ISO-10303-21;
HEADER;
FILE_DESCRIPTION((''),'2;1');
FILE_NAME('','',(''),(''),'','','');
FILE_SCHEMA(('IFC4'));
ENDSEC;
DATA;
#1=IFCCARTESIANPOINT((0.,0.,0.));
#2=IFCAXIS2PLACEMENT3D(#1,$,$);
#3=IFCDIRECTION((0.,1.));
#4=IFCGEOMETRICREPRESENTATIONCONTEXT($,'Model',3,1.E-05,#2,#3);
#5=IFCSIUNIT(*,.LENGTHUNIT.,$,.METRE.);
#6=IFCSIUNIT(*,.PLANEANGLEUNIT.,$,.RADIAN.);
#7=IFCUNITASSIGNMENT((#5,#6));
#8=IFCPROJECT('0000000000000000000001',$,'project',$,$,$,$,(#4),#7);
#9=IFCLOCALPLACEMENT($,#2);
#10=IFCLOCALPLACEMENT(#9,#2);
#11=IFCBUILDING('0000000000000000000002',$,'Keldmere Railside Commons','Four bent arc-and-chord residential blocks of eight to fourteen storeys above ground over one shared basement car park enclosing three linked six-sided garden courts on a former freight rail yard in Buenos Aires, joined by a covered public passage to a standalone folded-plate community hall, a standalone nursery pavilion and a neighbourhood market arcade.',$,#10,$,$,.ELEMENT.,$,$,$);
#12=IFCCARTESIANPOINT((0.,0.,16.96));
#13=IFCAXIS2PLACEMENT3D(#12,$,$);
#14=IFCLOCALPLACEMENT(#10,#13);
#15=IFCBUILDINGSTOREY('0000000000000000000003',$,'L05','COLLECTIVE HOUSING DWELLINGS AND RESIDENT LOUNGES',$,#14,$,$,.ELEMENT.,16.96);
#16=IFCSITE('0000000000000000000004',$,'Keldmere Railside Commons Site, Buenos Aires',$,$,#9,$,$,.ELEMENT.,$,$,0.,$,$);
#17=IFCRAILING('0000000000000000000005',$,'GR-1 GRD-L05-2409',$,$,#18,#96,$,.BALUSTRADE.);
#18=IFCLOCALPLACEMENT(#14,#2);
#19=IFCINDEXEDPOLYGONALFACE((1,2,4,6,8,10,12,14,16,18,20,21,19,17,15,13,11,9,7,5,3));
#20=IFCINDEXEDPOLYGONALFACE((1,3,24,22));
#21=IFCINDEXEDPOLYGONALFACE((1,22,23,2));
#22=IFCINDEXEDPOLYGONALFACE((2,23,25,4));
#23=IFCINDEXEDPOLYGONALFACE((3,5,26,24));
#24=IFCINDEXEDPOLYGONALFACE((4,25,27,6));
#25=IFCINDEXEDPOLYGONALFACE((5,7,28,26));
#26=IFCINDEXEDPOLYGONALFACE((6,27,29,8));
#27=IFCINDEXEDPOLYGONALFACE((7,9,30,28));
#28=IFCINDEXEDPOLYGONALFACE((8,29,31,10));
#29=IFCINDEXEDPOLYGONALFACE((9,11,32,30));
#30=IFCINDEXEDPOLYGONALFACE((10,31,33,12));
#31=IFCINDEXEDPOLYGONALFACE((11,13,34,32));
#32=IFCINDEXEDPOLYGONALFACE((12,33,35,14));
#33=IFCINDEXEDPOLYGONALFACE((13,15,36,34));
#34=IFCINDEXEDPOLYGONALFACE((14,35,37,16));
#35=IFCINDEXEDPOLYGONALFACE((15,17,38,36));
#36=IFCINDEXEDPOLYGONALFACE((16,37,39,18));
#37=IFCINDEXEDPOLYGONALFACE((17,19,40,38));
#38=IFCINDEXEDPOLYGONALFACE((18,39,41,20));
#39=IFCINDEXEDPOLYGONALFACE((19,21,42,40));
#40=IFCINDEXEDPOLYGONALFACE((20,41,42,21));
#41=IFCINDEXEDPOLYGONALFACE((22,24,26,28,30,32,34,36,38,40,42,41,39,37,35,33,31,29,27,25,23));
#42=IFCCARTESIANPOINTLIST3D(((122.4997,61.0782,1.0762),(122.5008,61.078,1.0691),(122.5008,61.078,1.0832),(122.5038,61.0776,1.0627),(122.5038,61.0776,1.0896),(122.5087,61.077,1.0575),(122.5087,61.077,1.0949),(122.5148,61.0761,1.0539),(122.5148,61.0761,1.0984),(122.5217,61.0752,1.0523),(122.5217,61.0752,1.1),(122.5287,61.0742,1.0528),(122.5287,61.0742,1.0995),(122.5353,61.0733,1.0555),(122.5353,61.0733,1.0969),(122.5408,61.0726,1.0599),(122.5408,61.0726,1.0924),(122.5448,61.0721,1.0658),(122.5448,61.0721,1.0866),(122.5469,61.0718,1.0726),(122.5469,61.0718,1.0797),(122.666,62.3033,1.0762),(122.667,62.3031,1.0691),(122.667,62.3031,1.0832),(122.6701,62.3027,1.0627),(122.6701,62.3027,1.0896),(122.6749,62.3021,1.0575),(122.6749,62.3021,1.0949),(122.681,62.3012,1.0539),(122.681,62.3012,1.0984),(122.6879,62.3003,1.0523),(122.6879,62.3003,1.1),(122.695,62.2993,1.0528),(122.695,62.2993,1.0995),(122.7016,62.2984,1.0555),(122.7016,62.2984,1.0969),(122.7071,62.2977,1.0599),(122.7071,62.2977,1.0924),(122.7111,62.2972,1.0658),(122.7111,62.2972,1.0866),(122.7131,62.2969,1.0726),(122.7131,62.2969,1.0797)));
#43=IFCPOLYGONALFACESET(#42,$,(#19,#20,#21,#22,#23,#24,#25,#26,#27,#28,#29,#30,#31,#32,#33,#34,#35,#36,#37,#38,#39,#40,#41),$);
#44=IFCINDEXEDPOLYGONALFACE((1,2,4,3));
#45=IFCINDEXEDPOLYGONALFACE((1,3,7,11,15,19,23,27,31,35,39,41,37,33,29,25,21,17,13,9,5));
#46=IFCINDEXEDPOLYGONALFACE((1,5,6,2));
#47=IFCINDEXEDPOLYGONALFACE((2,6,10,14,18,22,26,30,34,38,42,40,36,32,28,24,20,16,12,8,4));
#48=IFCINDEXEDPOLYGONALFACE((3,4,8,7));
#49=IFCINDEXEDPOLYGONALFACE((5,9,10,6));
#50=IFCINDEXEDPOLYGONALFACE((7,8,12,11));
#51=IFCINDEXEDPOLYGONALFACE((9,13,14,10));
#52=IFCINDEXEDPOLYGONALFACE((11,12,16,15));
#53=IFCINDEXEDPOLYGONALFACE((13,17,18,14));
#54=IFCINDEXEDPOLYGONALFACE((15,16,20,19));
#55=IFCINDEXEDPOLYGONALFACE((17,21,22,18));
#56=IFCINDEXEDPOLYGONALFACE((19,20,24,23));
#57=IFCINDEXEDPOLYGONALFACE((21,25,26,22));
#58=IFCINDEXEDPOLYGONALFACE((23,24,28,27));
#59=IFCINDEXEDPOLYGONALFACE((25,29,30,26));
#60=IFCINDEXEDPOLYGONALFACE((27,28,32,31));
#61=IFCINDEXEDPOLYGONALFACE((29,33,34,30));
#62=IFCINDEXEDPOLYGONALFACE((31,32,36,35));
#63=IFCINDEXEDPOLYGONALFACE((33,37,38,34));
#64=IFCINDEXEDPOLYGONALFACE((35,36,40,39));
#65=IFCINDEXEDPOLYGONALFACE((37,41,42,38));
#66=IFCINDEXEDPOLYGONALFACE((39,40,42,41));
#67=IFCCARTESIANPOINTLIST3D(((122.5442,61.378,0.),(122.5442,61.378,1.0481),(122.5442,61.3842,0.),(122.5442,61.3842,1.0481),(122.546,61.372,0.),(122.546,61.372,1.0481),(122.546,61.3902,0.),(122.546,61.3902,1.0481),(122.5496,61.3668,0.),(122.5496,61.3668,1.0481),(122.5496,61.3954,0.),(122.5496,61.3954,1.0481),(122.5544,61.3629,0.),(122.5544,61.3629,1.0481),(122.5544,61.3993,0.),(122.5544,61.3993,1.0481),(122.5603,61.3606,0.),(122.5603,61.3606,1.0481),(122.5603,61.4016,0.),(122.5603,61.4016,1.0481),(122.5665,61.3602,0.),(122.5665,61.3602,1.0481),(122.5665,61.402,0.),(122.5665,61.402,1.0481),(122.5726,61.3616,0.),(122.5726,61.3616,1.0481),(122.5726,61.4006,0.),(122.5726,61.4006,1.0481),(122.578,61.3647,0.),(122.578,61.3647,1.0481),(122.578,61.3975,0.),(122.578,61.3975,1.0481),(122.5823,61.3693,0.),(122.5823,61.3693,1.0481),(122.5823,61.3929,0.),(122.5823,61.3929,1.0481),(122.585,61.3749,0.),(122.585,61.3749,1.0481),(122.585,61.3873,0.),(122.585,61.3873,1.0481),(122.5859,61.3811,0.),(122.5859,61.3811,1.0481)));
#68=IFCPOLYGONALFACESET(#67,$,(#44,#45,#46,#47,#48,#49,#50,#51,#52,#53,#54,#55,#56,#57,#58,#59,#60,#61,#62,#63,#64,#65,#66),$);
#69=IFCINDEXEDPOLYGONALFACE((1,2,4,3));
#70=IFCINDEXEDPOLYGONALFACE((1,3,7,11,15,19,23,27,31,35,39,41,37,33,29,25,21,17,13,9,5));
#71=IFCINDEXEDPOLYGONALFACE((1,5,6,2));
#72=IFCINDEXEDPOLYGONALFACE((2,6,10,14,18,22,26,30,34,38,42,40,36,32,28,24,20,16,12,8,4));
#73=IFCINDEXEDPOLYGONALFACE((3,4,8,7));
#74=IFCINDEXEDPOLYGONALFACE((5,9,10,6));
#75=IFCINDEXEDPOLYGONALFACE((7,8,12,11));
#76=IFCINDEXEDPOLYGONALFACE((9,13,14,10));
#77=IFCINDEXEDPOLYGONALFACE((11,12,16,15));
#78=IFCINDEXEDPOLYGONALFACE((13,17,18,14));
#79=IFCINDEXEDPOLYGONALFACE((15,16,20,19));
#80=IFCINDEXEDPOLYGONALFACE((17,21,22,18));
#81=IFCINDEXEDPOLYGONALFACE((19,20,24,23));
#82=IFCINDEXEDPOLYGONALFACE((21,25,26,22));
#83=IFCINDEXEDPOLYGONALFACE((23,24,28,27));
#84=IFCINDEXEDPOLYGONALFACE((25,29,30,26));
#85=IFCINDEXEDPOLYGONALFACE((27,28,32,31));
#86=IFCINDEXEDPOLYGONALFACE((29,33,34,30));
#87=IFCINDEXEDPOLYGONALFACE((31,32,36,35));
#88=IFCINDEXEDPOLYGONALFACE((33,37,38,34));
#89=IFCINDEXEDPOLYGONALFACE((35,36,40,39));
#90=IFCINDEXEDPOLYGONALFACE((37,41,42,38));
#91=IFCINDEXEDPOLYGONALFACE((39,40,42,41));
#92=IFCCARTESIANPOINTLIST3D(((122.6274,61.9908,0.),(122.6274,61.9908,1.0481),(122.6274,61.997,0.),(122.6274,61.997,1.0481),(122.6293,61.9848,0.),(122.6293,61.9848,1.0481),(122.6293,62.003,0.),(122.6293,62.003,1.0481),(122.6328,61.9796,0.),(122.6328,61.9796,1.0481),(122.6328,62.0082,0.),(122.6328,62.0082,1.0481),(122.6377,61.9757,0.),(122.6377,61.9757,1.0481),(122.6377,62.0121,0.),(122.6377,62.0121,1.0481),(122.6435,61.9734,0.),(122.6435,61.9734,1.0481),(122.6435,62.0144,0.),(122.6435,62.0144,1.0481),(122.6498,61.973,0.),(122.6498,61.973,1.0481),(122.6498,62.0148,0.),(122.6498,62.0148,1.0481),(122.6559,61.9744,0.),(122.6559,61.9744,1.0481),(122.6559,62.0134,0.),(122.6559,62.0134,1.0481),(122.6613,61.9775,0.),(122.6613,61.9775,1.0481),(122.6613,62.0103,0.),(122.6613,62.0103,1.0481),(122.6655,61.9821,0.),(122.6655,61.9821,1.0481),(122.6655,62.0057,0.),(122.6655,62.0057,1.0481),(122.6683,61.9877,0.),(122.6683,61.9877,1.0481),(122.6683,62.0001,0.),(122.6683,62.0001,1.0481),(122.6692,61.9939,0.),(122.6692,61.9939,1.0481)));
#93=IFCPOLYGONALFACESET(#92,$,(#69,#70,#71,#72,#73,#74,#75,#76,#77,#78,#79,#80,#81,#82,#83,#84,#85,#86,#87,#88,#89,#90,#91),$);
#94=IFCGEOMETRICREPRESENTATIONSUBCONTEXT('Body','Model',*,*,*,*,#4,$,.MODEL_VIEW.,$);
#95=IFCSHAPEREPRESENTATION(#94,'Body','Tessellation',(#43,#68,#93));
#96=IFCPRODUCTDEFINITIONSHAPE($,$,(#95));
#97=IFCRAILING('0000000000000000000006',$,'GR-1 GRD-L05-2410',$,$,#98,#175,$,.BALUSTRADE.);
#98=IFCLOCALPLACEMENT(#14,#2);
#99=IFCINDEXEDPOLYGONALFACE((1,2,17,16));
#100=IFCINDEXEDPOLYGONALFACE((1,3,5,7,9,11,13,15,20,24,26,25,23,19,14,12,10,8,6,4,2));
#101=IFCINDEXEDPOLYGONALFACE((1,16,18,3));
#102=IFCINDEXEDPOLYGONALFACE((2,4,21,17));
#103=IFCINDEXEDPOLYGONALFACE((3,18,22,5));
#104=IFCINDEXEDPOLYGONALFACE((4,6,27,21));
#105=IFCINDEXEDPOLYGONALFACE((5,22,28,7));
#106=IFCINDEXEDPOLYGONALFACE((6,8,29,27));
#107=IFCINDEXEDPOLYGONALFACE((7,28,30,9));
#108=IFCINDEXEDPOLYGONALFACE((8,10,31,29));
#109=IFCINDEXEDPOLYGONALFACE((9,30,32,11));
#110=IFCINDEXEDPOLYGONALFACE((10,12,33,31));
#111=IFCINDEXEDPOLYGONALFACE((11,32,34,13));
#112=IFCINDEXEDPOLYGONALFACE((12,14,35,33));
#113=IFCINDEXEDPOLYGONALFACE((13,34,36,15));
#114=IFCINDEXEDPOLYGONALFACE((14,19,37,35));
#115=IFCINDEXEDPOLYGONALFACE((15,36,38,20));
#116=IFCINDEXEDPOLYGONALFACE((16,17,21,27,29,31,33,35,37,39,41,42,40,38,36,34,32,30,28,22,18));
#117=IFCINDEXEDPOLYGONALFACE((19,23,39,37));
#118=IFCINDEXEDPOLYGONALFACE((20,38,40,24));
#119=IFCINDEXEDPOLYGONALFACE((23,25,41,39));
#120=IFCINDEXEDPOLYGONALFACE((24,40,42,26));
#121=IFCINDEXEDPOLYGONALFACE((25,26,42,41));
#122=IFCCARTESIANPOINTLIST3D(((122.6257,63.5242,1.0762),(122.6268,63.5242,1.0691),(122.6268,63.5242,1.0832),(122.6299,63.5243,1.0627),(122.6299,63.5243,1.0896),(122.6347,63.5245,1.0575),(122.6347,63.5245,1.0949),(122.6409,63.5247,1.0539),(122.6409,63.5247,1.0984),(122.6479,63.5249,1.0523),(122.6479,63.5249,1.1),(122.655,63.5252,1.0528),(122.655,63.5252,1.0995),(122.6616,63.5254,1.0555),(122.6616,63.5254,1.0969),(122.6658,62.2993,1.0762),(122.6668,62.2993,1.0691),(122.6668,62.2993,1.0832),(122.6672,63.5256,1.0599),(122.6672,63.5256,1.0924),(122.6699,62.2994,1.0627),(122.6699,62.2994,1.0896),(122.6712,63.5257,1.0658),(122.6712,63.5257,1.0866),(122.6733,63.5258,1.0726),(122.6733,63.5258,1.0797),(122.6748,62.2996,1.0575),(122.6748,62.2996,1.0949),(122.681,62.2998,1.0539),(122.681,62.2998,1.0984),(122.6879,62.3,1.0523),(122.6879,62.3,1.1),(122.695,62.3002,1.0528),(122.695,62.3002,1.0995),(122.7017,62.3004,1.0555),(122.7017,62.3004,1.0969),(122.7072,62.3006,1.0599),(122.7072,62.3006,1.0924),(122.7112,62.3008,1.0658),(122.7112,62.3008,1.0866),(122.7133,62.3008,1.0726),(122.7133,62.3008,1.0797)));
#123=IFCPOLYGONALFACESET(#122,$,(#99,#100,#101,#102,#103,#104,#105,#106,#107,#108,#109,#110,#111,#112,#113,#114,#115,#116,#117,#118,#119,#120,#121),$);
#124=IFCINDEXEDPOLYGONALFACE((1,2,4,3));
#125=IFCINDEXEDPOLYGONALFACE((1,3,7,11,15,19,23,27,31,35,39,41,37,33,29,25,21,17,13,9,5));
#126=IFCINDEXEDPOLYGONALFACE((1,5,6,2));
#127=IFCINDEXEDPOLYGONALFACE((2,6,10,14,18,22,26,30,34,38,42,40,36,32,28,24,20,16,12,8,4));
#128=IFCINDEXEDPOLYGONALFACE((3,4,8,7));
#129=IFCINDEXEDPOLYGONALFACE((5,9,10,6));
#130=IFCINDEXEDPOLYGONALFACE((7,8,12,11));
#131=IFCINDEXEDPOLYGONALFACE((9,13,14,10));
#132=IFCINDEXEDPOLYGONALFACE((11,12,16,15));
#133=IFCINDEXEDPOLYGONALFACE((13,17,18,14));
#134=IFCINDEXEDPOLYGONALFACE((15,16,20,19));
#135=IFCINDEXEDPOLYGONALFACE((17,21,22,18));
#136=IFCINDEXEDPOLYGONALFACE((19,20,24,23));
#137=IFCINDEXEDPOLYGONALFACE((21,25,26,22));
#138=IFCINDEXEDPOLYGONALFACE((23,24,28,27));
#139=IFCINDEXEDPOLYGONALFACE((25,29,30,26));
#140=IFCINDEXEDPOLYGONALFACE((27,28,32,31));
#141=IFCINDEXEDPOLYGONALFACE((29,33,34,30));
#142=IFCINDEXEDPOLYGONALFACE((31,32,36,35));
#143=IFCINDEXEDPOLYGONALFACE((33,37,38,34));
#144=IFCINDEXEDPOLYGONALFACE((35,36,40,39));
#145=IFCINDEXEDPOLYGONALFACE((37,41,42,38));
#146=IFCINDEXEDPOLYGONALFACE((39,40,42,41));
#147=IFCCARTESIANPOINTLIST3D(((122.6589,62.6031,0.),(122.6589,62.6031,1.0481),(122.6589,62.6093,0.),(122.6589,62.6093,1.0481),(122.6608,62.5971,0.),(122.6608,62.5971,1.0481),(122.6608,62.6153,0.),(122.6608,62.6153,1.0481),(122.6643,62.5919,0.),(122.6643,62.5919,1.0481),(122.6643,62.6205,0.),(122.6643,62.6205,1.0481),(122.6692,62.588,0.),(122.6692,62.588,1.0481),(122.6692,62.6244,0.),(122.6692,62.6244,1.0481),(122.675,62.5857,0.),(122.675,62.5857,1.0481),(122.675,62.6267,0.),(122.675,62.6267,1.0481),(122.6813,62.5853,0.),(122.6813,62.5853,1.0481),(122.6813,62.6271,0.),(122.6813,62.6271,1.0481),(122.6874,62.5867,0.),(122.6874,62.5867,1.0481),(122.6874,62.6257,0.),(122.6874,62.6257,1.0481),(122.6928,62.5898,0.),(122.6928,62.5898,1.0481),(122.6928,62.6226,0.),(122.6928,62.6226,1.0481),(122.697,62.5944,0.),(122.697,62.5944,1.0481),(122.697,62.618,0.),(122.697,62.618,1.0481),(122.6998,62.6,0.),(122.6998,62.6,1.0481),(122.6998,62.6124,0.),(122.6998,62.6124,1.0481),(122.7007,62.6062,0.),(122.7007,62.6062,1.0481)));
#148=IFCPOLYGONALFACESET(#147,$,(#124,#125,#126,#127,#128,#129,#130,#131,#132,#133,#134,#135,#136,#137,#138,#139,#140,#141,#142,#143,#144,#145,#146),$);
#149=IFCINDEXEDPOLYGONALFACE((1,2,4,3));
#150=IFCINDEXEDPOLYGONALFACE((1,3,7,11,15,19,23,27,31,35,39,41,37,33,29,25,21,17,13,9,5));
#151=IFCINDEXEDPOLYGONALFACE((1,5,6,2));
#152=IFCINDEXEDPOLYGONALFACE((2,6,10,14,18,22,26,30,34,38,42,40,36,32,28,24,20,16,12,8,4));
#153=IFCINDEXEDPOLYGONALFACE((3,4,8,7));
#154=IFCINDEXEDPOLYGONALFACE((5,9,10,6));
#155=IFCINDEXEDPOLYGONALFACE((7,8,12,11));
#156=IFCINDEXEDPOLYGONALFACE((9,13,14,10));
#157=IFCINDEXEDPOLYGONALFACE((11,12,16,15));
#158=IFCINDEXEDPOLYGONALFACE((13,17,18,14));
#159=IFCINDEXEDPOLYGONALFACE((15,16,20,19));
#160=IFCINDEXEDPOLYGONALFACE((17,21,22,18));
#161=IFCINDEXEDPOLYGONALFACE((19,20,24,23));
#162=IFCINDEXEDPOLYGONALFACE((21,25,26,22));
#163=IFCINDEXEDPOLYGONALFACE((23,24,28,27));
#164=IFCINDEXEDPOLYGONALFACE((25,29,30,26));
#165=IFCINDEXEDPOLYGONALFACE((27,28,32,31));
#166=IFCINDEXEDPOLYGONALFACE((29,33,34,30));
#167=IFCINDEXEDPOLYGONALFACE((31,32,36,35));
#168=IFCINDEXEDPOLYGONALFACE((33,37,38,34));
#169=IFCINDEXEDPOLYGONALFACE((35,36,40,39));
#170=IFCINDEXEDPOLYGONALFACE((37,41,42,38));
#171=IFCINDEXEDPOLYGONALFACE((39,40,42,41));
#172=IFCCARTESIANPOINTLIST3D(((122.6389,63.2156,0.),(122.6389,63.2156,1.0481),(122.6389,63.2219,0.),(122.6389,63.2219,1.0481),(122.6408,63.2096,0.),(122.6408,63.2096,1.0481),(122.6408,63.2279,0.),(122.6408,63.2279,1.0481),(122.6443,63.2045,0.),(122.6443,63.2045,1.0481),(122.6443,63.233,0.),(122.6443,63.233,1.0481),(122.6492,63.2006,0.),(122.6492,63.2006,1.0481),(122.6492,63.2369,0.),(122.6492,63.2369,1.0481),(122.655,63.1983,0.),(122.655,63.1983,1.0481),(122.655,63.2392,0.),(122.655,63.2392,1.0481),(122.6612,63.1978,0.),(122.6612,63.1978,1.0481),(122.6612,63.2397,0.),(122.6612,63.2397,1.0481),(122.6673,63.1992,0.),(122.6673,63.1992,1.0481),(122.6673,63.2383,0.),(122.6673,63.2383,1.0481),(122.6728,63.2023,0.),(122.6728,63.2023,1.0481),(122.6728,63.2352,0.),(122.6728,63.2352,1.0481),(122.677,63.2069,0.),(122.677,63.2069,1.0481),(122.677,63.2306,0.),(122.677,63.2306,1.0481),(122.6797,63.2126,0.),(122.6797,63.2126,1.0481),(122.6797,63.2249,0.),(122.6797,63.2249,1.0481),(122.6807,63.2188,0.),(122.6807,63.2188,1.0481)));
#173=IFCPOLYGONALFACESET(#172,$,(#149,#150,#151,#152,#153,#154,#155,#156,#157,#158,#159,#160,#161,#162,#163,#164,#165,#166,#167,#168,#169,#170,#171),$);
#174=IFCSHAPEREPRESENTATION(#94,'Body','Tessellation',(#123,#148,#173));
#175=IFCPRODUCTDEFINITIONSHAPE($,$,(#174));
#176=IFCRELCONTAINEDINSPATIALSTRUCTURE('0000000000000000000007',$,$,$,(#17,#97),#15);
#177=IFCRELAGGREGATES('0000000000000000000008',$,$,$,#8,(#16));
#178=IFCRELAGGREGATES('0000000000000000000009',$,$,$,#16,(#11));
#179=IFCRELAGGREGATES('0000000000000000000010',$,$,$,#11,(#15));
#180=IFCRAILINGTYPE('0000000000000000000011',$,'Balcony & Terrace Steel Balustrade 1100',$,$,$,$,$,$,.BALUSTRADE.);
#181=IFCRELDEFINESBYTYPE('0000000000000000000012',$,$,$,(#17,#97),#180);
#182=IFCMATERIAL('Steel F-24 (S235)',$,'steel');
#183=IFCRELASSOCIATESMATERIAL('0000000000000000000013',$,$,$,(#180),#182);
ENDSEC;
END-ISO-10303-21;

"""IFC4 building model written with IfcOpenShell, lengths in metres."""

from ifc_helpers import new_model, si_unit, direction, frame, origin, origin_2d, place, context, subcontext, project, spatial, circle, extrude, material, type_object, element, save


model = new_model("IFC4")

# Units and contexts
model_context = context("Model", 3, precision=1e-05, world=origin(), true_north=direction((0.0, 1.0)))
body_context = subcontext(model_context, "Body", "Model", "MODEL_VIEW")
ifc_project = project(units=[si_unit("LENGTHUNIT", "METRE"), si_unit("PLANEANGLEUNIT", "RADIAN")], contexts=[model_context])

# Site, building, storey
site_placement = place(None, origin())
site = spatial("IfcSite", under=ifc_project, at=site_placement, Name="Keldmere Railside Commons Site, Buenos Aires", CompositionType="ELEMENT", RefElevation=0.0)
building_placement = place(site_placement, origin())
building = spatial("IfcBuilding", under=site, at=building_placement, Name="Keldmere Railside Commons", Description="Four bent arc-and-chord residential blocks of eight to fourteen storeys above ground over one shared basement car park enclosing three linked six-sided garden courts on a former freight rail yard in Buenos Aires, joined by a covered public passage to a standalone folded-plate community hall, a standalone nursery pavilion and a neighbourhood market arcade.", CompositionType="ELEMENT")
storey_placement = place(building_placement, frame((0.0, 0.0, 16.96)))
storey = spatial("IfcBuildingStorey", under=building, at=storey_placement, Name="L05", Description="COLLECTIVE HOUSING DWELLINGS AND RESIDENT LOUNGES", CompositionType="ELEMENT", Elevation=16.96)

# Railings
ifc_material_1 = material(Name="Steel F-24 (S235)", Category="steel")
railing_type = type_object("IfcRailingType", Name="Balcony & Terrace Steel Balustrade 1100", PredefinedType="BALUSTRADE", material=ifc_material_1)
railing_1_placement = place(storey_placement, frame((122.5234, 61.075, 0.0)))
element("IfcRailing", 1, at=railing_1_placement, inside=storey, type_object=railing_type, Name="GR-1 GRD-L05-2409", PredefinedType="BALUSTRADE", context=body_context, shape_type="SweptSolid", body=[
    extrude(circle(Radius=0.0239, at=origin_2d()), frame((0.0, 0.0, 1.0762), z_axis=(0.134479, 0.990916, 0.0), x_axis=(-0.990916, 0.134479, 0.0)), (0.0, 0.0, 1.0), 1.2363),
    extrude(circle(Radius=0.021, at=origin_2d()), frame((0.0415, 0.3062, 0.0)), (0.0, 0.0, 1.0), 1.0481),
    extrude(circle(Radius=0.021, at=origin_2d()), frame((0.1248, 0.9189, 0.0)), (0.0, 0.0, 1.0), 1.0481),
])
railing_2_placement = place(storey_placement, frame((122.6897, 62.3, 0.0)))
element("IfcRailing", 2, at=railing_2_placement, inside=storey, type_object=railing_type, Name="GR-1 GRD-L05-2410", PredefinedType="BALUSTRADE", context=body_context, shape_type="SweptSolid", body=[
    extrude(circle(Radius=0.0239, at=origin_2d()), frame((0.0, 0.0, 1.0762), z_axis=(-0.032671, 0.999466, 0.0), x_axis=(-0.999466, -0.032671, 0.0)), (0.0, 0.0, 1.0), 1.2256),
    extrude(circle(Radius=0.021, at=origin_2d()), frame((-0.01, 0.3062, 0.0)), (0.0, 0.0, 1.0), 1.0481),
    extrude(circle(Radius=0.021, at=origin_2d()), frame((-0.03, 0.9187, 0.0)), (0.0, 0.0, 1.0), 1.0481),
])

save(model, "model.ifc")
